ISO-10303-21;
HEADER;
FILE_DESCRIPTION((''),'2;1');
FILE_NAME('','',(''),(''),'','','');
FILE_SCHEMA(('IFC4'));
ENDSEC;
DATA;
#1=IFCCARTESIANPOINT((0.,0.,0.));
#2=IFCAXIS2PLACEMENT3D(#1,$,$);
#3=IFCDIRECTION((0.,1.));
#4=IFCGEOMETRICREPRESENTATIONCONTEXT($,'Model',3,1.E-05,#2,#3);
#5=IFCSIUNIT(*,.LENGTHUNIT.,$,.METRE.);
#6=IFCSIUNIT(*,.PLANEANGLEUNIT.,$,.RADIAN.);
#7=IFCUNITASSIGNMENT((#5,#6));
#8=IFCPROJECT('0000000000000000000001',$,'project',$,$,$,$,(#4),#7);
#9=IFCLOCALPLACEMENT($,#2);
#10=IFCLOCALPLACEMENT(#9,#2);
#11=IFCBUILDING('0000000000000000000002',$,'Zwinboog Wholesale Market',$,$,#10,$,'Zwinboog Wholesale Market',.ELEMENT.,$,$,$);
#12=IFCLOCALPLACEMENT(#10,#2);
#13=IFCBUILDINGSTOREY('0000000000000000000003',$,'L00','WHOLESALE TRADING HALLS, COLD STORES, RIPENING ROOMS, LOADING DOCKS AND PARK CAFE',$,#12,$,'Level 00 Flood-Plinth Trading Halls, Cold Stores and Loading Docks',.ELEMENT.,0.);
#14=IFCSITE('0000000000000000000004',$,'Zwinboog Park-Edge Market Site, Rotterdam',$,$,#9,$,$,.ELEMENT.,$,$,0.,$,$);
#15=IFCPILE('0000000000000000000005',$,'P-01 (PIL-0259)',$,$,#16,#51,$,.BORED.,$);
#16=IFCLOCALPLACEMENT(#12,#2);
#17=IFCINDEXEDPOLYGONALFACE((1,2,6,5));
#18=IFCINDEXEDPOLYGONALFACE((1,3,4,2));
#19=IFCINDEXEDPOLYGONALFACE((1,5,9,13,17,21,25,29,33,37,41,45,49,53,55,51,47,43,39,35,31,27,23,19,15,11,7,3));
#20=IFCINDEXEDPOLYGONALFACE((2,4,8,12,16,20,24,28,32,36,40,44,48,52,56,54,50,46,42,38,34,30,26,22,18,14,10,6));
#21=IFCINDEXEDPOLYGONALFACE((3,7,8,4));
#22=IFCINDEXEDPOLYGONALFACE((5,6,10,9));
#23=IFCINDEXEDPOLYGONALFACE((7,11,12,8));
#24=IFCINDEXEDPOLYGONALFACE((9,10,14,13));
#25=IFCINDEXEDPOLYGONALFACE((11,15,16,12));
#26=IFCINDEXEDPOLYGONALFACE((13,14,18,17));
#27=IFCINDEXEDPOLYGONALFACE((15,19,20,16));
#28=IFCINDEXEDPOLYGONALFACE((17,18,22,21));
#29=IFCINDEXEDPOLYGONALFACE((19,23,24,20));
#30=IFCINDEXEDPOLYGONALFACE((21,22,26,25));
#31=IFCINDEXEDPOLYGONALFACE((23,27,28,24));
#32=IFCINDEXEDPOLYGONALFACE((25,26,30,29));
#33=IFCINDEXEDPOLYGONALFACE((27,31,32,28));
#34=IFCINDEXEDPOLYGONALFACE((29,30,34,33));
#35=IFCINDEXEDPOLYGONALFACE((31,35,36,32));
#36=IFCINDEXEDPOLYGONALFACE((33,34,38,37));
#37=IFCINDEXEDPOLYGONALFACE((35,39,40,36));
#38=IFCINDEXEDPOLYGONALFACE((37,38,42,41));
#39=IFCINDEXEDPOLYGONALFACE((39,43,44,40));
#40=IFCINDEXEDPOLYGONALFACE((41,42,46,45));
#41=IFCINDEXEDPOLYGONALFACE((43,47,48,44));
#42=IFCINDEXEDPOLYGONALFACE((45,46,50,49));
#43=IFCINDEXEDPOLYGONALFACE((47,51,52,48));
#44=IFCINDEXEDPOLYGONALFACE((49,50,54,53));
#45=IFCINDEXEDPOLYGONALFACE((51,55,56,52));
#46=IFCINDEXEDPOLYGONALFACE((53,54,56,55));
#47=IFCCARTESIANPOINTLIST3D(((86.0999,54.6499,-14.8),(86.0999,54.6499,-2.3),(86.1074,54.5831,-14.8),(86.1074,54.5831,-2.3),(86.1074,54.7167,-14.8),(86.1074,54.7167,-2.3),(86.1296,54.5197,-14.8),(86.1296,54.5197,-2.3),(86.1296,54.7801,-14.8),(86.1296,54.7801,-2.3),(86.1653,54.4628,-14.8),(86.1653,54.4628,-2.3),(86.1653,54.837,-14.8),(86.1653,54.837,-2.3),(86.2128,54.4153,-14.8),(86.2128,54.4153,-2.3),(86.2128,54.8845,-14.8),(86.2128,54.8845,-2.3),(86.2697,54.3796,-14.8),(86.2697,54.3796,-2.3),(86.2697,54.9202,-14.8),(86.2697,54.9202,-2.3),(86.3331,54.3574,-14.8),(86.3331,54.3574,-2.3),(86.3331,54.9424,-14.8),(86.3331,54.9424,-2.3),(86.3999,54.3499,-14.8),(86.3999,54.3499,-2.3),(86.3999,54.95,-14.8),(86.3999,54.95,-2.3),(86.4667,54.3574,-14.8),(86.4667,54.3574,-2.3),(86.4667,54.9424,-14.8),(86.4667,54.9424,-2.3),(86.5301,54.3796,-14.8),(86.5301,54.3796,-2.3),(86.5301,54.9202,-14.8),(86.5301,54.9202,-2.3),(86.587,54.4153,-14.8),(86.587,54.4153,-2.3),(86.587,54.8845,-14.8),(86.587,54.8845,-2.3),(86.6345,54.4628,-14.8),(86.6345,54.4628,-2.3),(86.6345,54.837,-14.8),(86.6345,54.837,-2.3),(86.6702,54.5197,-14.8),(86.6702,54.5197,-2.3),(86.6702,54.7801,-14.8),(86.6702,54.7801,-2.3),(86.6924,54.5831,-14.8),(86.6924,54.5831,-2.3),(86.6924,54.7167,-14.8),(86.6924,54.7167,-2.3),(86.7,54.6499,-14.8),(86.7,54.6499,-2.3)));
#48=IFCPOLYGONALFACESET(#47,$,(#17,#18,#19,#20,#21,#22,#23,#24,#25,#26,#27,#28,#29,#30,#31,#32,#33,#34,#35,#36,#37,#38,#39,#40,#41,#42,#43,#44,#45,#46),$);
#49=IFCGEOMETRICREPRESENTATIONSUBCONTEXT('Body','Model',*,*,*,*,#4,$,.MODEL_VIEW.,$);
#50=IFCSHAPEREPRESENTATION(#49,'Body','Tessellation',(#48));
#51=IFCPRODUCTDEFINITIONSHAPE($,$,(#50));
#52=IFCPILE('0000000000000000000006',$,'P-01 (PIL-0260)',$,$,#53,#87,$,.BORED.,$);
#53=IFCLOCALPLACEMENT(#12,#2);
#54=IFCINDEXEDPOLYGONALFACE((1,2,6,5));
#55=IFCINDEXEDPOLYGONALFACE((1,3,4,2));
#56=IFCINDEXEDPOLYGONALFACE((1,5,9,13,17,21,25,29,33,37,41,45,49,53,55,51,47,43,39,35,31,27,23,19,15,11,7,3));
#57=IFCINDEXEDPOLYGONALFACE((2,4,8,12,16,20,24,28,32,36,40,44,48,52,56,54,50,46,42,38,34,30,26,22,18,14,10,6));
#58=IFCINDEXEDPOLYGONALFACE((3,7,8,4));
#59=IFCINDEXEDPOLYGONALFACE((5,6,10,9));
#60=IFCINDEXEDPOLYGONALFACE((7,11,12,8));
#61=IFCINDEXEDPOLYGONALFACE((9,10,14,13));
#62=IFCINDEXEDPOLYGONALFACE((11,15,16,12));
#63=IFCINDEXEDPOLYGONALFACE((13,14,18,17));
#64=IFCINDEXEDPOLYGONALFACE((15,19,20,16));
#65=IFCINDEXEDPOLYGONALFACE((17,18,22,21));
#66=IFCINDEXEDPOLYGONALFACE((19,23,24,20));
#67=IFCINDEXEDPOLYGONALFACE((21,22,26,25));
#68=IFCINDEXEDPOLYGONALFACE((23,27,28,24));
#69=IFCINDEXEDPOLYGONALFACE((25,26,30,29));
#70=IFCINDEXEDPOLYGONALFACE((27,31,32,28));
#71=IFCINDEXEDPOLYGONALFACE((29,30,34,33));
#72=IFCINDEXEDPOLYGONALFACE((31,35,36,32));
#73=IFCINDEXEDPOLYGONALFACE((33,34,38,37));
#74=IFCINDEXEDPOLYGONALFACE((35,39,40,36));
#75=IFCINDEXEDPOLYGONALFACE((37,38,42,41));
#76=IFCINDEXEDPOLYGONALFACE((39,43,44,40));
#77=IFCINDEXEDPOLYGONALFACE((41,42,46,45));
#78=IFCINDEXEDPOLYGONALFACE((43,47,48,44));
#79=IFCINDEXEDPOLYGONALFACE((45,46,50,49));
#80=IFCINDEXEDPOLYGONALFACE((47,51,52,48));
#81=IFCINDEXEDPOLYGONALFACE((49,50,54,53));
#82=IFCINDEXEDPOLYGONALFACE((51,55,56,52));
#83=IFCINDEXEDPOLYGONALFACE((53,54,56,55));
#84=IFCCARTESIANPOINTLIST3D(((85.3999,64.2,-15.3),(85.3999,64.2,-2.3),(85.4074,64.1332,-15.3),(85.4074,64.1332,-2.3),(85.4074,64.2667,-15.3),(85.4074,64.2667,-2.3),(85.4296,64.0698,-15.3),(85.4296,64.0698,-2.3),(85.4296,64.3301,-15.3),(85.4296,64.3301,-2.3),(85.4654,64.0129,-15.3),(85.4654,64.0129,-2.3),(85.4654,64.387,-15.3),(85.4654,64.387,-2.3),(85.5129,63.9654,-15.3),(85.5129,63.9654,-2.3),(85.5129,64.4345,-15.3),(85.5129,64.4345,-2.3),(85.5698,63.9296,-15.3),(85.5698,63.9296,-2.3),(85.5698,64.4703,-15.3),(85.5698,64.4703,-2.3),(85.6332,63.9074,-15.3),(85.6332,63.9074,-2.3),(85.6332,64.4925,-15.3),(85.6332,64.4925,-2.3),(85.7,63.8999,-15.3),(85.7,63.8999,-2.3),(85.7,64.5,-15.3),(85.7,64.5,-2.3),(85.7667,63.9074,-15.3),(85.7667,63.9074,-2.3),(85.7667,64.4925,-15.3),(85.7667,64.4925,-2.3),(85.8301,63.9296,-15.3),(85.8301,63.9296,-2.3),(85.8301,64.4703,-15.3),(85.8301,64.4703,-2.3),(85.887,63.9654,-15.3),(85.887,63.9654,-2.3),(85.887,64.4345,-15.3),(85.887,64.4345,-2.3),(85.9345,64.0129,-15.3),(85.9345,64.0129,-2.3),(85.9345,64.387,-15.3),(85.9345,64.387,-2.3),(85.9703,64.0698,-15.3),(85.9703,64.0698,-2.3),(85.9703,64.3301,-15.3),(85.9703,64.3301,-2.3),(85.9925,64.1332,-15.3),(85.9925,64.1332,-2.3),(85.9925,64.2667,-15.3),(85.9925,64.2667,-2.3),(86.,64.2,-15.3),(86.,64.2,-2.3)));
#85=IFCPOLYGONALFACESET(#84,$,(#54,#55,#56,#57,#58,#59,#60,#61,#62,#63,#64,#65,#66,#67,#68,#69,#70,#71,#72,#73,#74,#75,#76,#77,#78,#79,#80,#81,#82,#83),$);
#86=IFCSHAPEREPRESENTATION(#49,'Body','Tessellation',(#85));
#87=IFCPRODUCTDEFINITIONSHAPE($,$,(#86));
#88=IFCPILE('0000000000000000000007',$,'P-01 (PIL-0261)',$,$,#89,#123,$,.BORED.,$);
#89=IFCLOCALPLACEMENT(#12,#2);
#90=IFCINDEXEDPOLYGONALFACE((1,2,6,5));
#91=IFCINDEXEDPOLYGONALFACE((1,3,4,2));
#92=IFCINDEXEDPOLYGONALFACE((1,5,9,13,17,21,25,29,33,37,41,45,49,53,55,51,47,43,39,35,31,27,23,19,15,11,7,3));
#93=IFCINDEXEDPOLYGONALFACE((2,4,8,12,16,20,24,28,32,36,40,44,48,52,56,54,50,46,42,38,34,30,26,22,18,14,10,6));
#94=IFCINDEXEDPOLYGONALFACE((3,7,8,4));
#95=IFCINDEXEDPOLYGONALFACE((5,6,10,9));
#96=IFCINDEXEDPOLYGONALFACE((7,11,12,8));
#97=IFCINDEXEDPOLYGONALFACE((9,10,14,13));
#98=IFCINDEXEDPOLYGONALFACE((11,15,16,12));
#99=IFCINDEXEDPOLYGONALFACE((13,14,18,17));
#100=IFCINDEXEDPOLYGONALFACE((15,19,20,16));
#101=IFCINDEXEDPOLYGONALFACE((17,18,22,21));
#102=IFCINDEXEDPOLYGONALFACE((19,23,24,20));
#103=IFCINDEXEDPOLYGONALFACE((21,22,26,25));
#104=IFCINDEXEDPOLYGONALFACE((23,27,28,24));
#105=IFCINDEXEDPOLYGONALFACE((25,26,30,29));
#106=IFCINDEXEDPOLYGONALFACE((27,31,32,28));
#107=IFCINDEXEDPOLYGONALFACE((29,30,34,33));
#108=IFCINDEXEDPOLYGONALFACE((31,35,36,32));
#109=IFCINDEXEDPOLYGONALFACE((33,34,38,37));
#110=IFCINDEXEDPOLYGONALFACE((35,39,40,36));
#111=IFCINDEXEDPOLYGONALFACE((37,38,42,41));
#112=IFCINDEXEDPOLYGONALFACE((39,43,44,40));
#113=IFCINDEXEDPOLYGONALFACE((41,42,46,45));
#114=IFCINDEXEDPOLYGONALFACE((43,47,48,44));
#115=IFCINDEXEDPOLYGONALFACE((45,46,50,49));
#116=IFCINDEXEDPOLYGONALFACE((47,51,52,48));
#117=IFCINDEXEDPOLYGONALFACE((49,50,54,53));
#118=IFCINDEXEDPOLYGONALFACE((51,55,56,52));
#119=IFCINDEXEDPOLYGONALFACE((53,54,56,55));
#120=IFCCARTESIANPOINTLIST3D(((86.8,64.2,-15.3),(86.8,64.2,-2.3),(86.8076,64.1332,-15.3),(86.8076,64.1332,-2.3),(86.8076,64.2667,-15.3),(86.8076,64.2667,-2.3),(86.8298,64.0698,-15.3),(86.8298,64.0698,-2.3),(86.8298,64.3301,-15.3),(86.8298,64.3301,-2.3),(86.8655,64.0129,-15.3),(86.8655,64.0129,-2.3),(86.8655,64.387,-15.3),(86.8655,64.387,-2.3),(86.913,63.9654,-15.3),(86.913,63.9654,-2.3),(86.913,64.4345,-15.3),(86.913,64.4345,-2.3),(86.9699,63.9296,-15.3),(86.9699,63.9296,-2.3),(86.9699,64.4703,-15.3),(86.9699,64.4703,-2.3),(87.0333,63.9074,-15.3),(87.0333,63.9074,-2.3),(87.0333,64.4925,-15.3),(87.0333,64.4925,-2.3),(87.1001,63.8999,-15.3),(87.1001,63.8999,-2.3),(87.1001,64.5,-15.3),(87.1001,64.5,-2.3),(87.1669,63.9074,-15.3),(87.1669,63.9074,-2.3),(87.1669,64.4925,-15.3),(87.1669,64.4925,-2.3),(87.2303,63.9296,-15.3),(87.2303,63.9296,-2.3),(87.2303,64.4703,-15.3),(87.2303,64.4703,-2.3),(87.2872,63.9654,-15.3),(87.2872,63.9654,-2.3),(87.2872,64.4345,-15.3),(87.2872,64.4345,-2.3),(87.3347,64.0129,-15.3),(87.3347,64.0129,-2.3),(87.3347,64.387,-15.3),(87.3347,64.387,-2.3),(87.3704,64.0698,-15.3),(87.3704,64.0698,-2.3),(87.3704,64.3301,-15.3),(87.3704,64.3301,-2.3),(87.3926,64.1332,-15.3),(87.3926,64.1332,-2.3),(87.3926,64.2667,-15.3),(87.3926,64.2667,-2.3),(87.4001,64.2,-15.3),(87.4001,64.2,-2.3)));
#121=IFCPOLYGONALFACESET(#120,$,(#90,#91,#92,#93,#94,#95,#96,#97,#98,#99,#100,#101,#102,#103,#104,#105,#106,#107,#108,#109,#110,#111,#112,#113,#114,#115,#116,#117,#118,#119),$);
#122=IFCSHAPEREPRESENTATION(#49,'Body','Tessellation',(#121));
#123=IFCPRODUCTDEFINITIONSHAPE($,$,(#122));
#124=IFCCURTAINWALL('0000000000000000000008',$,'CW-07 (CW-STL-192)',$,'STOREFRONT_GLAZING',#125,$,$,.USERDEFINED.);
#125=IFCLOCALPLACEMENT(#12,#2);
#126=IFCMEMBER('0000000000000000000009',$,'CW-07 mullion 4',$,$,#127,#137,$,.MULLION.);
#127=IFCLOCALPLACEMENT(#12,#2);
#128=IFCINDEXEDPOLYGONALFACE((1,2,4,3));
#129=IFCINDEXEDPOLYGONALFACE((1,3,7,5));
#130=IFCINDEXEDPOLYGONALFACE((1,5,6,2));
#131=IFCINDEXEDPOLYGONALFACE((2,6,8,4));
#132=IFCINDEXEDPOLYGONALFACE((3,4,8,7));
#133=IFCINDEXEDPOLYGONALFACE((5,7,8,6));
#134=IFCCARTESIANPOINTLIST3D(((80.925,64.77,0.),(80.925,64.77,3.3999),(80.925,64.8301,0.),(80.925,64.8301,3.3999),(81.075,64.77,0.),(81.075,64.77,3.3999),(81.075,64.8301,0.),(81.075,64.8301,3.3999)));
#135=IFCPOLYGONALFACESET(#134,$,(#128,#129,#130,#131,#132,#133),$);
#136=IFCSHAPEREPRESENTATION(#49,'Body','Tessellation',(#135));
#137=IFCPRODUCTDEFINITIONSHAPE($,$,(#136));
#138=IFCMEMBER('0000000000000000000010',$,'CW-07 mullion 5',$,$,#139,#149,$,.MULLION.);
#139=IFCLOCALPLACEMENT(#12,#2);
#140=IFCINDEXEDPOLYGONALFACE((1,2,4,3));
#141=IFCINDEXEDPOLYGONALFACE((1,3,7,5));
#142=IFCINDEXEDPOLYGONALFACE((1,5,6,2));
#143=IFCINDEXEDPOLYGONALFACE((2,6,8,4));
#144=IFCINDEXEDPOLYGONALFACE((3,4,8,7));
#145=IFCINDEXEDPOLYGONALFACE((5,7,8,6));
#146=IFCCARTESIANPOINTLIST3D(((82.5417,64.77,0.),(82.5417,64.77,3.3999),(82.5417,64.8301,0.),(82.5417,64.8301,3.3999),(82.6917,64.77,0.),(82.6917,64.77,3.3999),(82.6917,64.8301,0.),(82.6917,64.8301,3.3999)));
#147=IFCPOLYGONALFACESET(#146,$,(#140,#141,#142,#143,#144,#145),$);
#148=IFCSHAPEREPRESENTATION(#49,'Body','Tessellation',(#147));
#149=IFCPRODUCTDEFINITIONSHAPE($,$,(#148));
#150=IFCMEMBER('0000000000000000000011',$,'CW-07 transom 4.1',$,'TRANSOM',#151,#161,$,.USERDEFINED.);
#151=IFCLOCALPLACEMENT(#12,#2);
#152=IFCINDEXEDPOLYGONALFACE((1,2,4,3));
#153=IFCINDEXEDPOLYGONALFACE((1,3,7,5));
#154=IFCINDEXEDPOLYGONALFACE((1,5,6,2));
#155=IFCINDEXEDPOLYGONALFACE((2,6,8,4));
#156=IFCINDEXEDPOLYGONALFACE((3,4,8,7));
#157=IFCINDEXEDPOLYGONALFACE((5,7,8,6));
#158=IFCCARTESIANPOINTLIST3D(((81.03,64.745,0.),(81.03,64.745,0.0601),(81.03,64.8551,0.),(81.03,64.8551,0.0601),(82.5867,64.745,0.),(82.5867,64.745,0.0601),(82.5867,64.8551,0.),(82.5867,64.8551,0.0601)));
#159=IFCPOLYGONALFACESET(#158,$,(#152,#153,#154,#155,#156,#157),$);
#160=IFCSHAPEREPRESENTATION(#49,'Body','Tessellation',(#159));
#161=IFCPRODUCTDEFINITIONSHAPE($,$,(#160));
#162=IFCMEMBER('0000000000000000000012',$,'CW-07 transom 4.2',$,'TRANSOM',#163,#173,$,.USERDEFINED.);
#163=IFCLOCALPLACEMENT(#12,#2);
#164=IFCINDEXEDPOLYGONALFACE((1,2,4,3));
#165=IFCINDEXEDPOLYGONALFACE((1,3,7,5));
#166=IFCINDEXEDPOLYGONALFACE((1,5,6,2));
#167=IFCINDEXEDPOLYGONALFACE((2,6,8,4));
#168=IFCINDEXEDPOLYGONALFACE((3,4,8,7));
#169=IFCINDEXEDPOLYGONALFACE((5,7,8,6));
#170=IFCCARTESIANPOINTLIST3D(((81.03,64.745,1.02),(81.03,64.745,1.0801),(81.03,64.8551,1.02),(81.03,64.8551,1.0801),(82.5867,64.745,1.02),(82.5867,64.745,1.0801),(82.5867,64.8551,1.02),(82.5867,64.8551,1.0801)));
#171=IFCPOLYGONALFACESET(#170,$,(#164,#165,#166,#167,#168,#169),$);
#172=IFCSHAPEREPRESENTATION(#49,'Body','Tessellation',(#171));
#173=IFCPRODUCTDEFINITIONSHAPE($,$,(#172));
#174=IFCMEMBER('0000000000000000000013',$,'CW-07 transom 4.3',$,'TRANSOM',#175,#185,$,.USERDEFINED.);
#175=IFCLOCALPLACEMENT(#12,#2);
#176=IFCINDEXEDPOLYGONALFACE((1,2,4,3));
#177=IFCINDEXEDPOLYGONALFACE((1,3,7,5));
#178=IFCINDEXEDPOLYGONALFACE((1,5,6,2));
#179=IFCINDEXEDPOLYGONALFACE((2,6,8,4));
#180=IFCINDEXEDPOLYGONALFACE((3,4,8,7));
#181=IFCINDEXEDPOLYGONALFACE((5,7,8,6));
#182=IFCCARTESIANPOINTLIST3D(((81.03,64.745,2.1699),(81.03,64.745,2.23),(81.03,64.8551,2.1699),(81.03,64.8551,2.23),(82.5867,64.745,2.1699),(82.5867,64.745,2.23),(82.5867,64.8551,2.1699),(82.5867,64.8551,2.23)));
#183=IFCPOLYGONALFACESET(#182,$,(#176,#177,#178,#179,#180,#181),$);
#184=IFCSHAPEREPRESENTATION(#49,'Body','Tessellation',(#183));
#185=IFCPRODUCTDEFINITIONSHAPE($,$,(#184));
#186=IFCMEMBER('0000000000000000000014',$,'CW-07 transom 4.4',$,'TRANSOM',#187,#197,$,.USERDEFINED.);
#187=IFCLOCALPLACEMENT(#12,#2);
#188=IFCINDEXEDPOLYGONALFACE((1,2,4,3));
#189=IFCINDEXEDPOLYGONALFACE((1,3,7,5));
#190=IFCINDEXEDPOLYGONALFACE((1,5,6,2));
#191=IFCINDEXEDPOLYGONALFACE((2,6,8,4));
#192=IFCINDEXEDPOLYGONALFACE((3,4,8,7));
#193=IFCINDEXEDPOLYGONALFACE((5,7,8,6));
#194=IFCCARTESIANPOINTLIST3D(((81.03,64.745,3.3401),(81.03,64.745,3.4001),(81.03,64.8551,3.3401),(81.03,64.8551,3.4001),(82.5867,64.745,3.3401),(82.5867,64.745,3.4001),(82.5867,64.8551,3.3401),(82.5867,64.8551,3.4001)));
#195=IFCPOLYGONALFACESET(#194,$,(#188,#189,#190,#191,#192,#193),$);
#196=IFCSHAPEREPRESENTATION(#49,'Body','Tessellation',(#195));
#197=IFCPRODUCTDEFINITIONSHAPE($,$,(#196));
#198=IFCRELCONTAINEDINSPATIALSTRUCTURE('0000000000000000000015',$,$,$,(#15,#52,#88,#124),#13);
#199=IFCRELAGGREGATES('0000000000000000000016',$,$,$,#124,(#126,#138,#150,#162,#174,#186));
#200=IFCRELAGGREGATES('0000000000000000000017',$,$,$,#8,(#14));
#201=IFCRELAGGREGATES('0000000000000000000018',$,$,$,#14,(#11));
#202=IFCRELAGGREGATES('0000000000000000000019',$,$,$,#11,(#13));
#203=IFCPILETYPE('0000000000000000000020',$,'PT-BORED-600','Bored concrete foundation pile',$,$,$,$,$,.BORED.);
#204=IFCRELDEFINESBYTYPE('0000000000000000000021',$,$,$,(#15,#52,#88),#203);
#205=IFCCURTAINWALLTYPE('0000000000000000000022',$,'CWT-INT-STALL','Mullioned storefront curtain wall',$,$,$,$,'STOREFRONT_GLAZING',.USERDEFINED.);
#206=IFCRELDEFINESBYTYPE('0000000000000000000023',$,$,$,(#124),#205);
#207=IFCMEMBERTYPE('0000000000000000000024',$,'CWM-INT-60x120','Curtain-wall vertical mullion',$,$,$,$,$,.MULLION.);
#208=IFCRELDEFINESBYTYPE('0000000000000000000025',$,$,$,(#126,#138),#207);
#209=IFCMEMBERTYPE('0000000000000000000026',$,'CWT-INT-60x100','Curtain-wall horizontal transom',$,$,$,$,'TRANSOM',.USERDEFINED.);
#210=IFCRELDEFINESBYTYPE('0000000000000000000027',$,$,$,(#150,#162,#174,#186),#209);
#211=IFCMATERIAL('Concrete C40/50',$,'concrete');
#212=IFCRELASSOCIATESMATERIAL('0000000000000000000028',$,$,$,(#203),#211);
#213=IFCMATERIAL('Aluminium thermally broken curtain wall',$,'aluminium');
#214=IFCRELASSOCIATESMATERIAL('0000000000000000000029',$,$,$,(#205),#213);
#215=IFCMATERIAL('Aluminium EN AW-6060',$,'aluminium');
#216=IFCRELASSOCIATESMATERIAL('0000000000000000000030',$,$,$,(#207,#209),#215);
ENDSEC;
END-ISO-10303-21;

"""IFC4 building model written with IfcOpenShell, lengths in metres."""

from ifc_helpers import new_model, si_unit, direction, frame, origin, origin_2d, place, context, subcontext, project, spatial, rectangle, circle, extrude, material, material_profile, profile_set, type_object, element, aggregate, save


model = new_model("IFC4")

# Units and contexts
model_context = context("Model", 3, precision=1e-05, world=origin(), true_north=direction((0.0, 1.0)))
body_context = subcontext(model_context, "Body", "Model", "MODEL_VIEW")
ifc_project = project(units=[si_unit("LENGTHUNIT", "METRE"), si_unit("PLANEANGLEUNIT", "RADIAN")], contexts=[model_context])

# Site, building, storey
site_placement = place(None, origin())
site = spatial("IfcSite", under=ifc_project, at=site_placement, Name="Zwinboog Park-Edge Market Site, Rotterdam", CompositionType="ELEMENT", RefElevation=0.0)
building_placement = place(site_placement, origin())
building = spatial("IfcBuilding", under=site, at=building_placement, Name="Zwinboog Wholesale Market", LongName="Zwinboog Wholesale Market", CompositionType="ELEMENT")
storey_placement = place(building_placement, origin())
storey = spatial("IfcBuildingStorey", under=building, at=storey_placement, Name="L00", Description="WHOLESALE TRADING HALLS, COLD STORES, RIPENING ROOMS, LOADING DOCKS AND PARK CAFE", LongName="Level 00 Flood-Plinth Trading Halls, Cold Stores and Loading Docks", CompositionType="ELEMENT", Elevation=0.0)

# Piles
ifc_material_1 = material(Name="Concrete C40/50", Category="concrete")
ifc_material_profile_1 = material_profile(ifc_material_1, circle(Radius=0.3, at=origin_2d()), Name="PILE D600")
ifc_profile_set_1 = profile_set([ifc_material_profile_1], Name="Concrete C40/50")
pile_type = type_object("IfcPileType", Name="PT-BORED-600", Description="Bored concrete foundation pile", PredefinedType="BORED", material=ifc_profile_set_1)
pile_placement = place(storey_placement, frame((86.3999, 54.6499, -2.3), z_axis=(0.0, 0.0, -1.0), x_axis=(1.0, 0.0, 0.0)))
element("IfcPile", 1, at=pile_placement, inside=storey, type_object=pile_type, Name="P-01 (PIL-0259)", PredefinedType="BORED", context=body_context, shape_type="SweptSolid", body=[
    extrude(circle(Radius=0.3, at=origin_2d()), origin(), (0.0, 0.0, 1.0), 12.5),
])
for number, where, z_axis, x_axis, name in (
    (2, (85.7, 64.2, -2.3), (0.0, 0.0, -1.0), (1.0, 0.0, 0.0), "P-01 (PIL-0260)"),
    (3, (87.1001, 64.2, -2.3), (0.0, 0.0, -1.0), (1.0, 0.0, 0.0), "P-01 (PIL-0261)"),
):
    element("IfcPile", number, at=place(storey_placement, frame(where, z_axis=z_axis, x_axis=x_axis)), inside=storey, type_object=pile_type, Name=name, PredefinedType="BORED", context=body_context, shape_type="SweptSolid", body=[
        extrude(circle(Radius=0.3, at=origin_2d()), origin(), (0.0, 0.0, 1.0), 13.0),
    ])

# Curtain wall, members
ifc_material_2 = material(Name="Aluminium thermally broken curtain wall", Category="aluminium")
curtain_wall_type = type_object("IfcCurtainWallType", Name="CWT-INT-STALL", Description="Mullioned storefront curtain wall", ElementType="STOREFRONT_GLAZING", PredefinedType="USERDEFINED", material=ifc_material_2)
curtain_wall_placement = place(storey_placement, origin())
curtain_wall = element("IfcCurtainWall", 4, at=curtain_wall_placement, inside=storey, type_object=curtain_wall_type, Name="CW-07 (CW-STL-192)", ObjectType="STOREFRONT_GLAZING", PredefinedType="USERDEFINED")
ifc_material_3 = material(Name="Aluminium EN AW-6060", Category="aluminium")
ifc_material_profile_2 = material_profile(ifc_material_3, rectangle(XDim=0.0601, YDim=0.1499, at=origin_2d()), Name="AL 60x150")
ifc_profile_set_2 = profile_set([ifc_material_profile_2], Name="Aluminium EN AW-6060")
member_type_1 = type_object("IfcMemberType", Name="CWM-INT-60x120", Description="Curtain-wall vertical mullion", PredefinedType="MULLION", material=ifc_profile_set_2)
member_1_placement = place(storey_placement, frame((81.0, 64.8, 0.0), z_axis=(0.0, 0.0, 1.0), x_axis=(0.0, 1.0, 0.0)))
member_1 = element("IfcMember", 5, at=member_1_placement, type_object=member_type_1, Name="CW-07 mullion 4", PredefinedType="MULLION", context=body_context, shape_type="SweptSolid", body=[
    extrude(rectangle(XDim=0.0601, YDim=0.1499, at=origin_2d()), origin(), (0.0, 0.0, 1.0), 3.3999),
])
member_2_placement = place(storey_placement, frame((82.6167, 64.8, 0.0), z_axis=(0.0, 0.0, 1.0), x_axis=(0.0, 1.0, 0.0)))
member_2 = element("IfcMember", 6, at=member_2_placement, type_object=member_type_1, Name="CW-07 mullion 5", PredefinedType="MULLION", context=body_context, shape_type="SweptSolid", body=[
    extrude(rectangle(XDim=0.0601, YDim=0.1499, at=origin_2d()), origin(), (0.0, 0.0, 1.0), 3.3999),
])
ifc_material_profile_3 = material_profile(ifc_material_3, rectangle(XDim=0.1101, YDim=0.0601, at=origin_2d()), Name="AL 60x110")
ifc_profile_set_3 = profile_set([ifc_material_profile_3], Name="Aluminium EN AW-6060")
member_type_2 = type_object("IfcMemberType", Name="CWT-INT-60x100", Description="Curtain-wall horizontal transom", ElementType="TRANSOM", PredefinedType="USERDEFINED", material=ifc_profile_set_3)
member_3_placement = place(storey_placement, frame((81.03, 64.8, 0.03), z_axis=(1.0, 0.0, 0.0), x_axis=(0.0, 1.0, 0.0)))
member_3 = element("IfcMember", 7, at=member_3_placement, type_object=member_type_2, Name="CW-07 transom 4.1", ObjectType="TRANSOM", PredefinedType="USERDEFINED", context=body_context, shape_type="SweptSolid", body=[
    extrude(rectangle(XDim=0.1101, YDim=0.0601, at=origin_2d()), origin(), (0.0, 0.0, 1.0), 1.5566),
])
member_4_placement = place(storey_placement, frame((81.03, 64.8, 1.05), z_axis=(1.0, 0.0, 0.0), x_axis=(0.0, 1.0, 0.0)))
member_4 = element("IfcMember", 8, at=member_4_placement, type_object=member_type_2, Name="CW-07 transom 4.2", ObjectType="TRANSOM", PredefinedType="USERDEFINED", context=body_context, shape_type="SweptSolid", body=[
    extrude(rectangle(XDim=0.1101, YDim=0.0601, at=origin_2d()), origin(), (0.0, 0.0, 1.0), 1.5566),
])
member_5_placement = place(storey_placement, frame((81.03, 64.8, 2.2), z_axis=(1.0, 0.0, 0.0), x_axis=(0.0, 1.0, 0.0)))
member_5 = element("IfcMember", 9, at=member_5_placement, type_object=member_type_2, Name="CW-07 transom 4.3", ObjectType="TRANSOM", PredefinedType="USERDEFINED", context=body_context, shape_type="SweptSolid", body=[
    extrude(rectangle(XDim=0.1101, YDim=0.0601, at=origin_2d()), origin(), (0.0, 0.0, 1.0), 1.5566),
])
member_6_placement = place(storey_placement, frame((81.03, 64.8, 3.3701), z_axis=(1.0, 0.0, 0.0), x_axis=(0.0, 1.0, 0.0)))
member_6 = element("IfcMember", 10, at=member_6_placement, type_object=member_type_2, Name="CW-07 transom 4.4", ObjectType="TRANSOM", PredefinedType="USERDEFINED", context=body_context, shape_type="SweptSolid", body=[
    extrude(rectangle(XDim=0.1101, YDim=0.0601, at=origin_2d()), origin(), (0.0, 0.0, 1.0), 1.5566),
])
aggregate(curtain_wall, [member_1, member_2, member_3, member_4, member_5, member_6])

save(model, "model.ifc")
